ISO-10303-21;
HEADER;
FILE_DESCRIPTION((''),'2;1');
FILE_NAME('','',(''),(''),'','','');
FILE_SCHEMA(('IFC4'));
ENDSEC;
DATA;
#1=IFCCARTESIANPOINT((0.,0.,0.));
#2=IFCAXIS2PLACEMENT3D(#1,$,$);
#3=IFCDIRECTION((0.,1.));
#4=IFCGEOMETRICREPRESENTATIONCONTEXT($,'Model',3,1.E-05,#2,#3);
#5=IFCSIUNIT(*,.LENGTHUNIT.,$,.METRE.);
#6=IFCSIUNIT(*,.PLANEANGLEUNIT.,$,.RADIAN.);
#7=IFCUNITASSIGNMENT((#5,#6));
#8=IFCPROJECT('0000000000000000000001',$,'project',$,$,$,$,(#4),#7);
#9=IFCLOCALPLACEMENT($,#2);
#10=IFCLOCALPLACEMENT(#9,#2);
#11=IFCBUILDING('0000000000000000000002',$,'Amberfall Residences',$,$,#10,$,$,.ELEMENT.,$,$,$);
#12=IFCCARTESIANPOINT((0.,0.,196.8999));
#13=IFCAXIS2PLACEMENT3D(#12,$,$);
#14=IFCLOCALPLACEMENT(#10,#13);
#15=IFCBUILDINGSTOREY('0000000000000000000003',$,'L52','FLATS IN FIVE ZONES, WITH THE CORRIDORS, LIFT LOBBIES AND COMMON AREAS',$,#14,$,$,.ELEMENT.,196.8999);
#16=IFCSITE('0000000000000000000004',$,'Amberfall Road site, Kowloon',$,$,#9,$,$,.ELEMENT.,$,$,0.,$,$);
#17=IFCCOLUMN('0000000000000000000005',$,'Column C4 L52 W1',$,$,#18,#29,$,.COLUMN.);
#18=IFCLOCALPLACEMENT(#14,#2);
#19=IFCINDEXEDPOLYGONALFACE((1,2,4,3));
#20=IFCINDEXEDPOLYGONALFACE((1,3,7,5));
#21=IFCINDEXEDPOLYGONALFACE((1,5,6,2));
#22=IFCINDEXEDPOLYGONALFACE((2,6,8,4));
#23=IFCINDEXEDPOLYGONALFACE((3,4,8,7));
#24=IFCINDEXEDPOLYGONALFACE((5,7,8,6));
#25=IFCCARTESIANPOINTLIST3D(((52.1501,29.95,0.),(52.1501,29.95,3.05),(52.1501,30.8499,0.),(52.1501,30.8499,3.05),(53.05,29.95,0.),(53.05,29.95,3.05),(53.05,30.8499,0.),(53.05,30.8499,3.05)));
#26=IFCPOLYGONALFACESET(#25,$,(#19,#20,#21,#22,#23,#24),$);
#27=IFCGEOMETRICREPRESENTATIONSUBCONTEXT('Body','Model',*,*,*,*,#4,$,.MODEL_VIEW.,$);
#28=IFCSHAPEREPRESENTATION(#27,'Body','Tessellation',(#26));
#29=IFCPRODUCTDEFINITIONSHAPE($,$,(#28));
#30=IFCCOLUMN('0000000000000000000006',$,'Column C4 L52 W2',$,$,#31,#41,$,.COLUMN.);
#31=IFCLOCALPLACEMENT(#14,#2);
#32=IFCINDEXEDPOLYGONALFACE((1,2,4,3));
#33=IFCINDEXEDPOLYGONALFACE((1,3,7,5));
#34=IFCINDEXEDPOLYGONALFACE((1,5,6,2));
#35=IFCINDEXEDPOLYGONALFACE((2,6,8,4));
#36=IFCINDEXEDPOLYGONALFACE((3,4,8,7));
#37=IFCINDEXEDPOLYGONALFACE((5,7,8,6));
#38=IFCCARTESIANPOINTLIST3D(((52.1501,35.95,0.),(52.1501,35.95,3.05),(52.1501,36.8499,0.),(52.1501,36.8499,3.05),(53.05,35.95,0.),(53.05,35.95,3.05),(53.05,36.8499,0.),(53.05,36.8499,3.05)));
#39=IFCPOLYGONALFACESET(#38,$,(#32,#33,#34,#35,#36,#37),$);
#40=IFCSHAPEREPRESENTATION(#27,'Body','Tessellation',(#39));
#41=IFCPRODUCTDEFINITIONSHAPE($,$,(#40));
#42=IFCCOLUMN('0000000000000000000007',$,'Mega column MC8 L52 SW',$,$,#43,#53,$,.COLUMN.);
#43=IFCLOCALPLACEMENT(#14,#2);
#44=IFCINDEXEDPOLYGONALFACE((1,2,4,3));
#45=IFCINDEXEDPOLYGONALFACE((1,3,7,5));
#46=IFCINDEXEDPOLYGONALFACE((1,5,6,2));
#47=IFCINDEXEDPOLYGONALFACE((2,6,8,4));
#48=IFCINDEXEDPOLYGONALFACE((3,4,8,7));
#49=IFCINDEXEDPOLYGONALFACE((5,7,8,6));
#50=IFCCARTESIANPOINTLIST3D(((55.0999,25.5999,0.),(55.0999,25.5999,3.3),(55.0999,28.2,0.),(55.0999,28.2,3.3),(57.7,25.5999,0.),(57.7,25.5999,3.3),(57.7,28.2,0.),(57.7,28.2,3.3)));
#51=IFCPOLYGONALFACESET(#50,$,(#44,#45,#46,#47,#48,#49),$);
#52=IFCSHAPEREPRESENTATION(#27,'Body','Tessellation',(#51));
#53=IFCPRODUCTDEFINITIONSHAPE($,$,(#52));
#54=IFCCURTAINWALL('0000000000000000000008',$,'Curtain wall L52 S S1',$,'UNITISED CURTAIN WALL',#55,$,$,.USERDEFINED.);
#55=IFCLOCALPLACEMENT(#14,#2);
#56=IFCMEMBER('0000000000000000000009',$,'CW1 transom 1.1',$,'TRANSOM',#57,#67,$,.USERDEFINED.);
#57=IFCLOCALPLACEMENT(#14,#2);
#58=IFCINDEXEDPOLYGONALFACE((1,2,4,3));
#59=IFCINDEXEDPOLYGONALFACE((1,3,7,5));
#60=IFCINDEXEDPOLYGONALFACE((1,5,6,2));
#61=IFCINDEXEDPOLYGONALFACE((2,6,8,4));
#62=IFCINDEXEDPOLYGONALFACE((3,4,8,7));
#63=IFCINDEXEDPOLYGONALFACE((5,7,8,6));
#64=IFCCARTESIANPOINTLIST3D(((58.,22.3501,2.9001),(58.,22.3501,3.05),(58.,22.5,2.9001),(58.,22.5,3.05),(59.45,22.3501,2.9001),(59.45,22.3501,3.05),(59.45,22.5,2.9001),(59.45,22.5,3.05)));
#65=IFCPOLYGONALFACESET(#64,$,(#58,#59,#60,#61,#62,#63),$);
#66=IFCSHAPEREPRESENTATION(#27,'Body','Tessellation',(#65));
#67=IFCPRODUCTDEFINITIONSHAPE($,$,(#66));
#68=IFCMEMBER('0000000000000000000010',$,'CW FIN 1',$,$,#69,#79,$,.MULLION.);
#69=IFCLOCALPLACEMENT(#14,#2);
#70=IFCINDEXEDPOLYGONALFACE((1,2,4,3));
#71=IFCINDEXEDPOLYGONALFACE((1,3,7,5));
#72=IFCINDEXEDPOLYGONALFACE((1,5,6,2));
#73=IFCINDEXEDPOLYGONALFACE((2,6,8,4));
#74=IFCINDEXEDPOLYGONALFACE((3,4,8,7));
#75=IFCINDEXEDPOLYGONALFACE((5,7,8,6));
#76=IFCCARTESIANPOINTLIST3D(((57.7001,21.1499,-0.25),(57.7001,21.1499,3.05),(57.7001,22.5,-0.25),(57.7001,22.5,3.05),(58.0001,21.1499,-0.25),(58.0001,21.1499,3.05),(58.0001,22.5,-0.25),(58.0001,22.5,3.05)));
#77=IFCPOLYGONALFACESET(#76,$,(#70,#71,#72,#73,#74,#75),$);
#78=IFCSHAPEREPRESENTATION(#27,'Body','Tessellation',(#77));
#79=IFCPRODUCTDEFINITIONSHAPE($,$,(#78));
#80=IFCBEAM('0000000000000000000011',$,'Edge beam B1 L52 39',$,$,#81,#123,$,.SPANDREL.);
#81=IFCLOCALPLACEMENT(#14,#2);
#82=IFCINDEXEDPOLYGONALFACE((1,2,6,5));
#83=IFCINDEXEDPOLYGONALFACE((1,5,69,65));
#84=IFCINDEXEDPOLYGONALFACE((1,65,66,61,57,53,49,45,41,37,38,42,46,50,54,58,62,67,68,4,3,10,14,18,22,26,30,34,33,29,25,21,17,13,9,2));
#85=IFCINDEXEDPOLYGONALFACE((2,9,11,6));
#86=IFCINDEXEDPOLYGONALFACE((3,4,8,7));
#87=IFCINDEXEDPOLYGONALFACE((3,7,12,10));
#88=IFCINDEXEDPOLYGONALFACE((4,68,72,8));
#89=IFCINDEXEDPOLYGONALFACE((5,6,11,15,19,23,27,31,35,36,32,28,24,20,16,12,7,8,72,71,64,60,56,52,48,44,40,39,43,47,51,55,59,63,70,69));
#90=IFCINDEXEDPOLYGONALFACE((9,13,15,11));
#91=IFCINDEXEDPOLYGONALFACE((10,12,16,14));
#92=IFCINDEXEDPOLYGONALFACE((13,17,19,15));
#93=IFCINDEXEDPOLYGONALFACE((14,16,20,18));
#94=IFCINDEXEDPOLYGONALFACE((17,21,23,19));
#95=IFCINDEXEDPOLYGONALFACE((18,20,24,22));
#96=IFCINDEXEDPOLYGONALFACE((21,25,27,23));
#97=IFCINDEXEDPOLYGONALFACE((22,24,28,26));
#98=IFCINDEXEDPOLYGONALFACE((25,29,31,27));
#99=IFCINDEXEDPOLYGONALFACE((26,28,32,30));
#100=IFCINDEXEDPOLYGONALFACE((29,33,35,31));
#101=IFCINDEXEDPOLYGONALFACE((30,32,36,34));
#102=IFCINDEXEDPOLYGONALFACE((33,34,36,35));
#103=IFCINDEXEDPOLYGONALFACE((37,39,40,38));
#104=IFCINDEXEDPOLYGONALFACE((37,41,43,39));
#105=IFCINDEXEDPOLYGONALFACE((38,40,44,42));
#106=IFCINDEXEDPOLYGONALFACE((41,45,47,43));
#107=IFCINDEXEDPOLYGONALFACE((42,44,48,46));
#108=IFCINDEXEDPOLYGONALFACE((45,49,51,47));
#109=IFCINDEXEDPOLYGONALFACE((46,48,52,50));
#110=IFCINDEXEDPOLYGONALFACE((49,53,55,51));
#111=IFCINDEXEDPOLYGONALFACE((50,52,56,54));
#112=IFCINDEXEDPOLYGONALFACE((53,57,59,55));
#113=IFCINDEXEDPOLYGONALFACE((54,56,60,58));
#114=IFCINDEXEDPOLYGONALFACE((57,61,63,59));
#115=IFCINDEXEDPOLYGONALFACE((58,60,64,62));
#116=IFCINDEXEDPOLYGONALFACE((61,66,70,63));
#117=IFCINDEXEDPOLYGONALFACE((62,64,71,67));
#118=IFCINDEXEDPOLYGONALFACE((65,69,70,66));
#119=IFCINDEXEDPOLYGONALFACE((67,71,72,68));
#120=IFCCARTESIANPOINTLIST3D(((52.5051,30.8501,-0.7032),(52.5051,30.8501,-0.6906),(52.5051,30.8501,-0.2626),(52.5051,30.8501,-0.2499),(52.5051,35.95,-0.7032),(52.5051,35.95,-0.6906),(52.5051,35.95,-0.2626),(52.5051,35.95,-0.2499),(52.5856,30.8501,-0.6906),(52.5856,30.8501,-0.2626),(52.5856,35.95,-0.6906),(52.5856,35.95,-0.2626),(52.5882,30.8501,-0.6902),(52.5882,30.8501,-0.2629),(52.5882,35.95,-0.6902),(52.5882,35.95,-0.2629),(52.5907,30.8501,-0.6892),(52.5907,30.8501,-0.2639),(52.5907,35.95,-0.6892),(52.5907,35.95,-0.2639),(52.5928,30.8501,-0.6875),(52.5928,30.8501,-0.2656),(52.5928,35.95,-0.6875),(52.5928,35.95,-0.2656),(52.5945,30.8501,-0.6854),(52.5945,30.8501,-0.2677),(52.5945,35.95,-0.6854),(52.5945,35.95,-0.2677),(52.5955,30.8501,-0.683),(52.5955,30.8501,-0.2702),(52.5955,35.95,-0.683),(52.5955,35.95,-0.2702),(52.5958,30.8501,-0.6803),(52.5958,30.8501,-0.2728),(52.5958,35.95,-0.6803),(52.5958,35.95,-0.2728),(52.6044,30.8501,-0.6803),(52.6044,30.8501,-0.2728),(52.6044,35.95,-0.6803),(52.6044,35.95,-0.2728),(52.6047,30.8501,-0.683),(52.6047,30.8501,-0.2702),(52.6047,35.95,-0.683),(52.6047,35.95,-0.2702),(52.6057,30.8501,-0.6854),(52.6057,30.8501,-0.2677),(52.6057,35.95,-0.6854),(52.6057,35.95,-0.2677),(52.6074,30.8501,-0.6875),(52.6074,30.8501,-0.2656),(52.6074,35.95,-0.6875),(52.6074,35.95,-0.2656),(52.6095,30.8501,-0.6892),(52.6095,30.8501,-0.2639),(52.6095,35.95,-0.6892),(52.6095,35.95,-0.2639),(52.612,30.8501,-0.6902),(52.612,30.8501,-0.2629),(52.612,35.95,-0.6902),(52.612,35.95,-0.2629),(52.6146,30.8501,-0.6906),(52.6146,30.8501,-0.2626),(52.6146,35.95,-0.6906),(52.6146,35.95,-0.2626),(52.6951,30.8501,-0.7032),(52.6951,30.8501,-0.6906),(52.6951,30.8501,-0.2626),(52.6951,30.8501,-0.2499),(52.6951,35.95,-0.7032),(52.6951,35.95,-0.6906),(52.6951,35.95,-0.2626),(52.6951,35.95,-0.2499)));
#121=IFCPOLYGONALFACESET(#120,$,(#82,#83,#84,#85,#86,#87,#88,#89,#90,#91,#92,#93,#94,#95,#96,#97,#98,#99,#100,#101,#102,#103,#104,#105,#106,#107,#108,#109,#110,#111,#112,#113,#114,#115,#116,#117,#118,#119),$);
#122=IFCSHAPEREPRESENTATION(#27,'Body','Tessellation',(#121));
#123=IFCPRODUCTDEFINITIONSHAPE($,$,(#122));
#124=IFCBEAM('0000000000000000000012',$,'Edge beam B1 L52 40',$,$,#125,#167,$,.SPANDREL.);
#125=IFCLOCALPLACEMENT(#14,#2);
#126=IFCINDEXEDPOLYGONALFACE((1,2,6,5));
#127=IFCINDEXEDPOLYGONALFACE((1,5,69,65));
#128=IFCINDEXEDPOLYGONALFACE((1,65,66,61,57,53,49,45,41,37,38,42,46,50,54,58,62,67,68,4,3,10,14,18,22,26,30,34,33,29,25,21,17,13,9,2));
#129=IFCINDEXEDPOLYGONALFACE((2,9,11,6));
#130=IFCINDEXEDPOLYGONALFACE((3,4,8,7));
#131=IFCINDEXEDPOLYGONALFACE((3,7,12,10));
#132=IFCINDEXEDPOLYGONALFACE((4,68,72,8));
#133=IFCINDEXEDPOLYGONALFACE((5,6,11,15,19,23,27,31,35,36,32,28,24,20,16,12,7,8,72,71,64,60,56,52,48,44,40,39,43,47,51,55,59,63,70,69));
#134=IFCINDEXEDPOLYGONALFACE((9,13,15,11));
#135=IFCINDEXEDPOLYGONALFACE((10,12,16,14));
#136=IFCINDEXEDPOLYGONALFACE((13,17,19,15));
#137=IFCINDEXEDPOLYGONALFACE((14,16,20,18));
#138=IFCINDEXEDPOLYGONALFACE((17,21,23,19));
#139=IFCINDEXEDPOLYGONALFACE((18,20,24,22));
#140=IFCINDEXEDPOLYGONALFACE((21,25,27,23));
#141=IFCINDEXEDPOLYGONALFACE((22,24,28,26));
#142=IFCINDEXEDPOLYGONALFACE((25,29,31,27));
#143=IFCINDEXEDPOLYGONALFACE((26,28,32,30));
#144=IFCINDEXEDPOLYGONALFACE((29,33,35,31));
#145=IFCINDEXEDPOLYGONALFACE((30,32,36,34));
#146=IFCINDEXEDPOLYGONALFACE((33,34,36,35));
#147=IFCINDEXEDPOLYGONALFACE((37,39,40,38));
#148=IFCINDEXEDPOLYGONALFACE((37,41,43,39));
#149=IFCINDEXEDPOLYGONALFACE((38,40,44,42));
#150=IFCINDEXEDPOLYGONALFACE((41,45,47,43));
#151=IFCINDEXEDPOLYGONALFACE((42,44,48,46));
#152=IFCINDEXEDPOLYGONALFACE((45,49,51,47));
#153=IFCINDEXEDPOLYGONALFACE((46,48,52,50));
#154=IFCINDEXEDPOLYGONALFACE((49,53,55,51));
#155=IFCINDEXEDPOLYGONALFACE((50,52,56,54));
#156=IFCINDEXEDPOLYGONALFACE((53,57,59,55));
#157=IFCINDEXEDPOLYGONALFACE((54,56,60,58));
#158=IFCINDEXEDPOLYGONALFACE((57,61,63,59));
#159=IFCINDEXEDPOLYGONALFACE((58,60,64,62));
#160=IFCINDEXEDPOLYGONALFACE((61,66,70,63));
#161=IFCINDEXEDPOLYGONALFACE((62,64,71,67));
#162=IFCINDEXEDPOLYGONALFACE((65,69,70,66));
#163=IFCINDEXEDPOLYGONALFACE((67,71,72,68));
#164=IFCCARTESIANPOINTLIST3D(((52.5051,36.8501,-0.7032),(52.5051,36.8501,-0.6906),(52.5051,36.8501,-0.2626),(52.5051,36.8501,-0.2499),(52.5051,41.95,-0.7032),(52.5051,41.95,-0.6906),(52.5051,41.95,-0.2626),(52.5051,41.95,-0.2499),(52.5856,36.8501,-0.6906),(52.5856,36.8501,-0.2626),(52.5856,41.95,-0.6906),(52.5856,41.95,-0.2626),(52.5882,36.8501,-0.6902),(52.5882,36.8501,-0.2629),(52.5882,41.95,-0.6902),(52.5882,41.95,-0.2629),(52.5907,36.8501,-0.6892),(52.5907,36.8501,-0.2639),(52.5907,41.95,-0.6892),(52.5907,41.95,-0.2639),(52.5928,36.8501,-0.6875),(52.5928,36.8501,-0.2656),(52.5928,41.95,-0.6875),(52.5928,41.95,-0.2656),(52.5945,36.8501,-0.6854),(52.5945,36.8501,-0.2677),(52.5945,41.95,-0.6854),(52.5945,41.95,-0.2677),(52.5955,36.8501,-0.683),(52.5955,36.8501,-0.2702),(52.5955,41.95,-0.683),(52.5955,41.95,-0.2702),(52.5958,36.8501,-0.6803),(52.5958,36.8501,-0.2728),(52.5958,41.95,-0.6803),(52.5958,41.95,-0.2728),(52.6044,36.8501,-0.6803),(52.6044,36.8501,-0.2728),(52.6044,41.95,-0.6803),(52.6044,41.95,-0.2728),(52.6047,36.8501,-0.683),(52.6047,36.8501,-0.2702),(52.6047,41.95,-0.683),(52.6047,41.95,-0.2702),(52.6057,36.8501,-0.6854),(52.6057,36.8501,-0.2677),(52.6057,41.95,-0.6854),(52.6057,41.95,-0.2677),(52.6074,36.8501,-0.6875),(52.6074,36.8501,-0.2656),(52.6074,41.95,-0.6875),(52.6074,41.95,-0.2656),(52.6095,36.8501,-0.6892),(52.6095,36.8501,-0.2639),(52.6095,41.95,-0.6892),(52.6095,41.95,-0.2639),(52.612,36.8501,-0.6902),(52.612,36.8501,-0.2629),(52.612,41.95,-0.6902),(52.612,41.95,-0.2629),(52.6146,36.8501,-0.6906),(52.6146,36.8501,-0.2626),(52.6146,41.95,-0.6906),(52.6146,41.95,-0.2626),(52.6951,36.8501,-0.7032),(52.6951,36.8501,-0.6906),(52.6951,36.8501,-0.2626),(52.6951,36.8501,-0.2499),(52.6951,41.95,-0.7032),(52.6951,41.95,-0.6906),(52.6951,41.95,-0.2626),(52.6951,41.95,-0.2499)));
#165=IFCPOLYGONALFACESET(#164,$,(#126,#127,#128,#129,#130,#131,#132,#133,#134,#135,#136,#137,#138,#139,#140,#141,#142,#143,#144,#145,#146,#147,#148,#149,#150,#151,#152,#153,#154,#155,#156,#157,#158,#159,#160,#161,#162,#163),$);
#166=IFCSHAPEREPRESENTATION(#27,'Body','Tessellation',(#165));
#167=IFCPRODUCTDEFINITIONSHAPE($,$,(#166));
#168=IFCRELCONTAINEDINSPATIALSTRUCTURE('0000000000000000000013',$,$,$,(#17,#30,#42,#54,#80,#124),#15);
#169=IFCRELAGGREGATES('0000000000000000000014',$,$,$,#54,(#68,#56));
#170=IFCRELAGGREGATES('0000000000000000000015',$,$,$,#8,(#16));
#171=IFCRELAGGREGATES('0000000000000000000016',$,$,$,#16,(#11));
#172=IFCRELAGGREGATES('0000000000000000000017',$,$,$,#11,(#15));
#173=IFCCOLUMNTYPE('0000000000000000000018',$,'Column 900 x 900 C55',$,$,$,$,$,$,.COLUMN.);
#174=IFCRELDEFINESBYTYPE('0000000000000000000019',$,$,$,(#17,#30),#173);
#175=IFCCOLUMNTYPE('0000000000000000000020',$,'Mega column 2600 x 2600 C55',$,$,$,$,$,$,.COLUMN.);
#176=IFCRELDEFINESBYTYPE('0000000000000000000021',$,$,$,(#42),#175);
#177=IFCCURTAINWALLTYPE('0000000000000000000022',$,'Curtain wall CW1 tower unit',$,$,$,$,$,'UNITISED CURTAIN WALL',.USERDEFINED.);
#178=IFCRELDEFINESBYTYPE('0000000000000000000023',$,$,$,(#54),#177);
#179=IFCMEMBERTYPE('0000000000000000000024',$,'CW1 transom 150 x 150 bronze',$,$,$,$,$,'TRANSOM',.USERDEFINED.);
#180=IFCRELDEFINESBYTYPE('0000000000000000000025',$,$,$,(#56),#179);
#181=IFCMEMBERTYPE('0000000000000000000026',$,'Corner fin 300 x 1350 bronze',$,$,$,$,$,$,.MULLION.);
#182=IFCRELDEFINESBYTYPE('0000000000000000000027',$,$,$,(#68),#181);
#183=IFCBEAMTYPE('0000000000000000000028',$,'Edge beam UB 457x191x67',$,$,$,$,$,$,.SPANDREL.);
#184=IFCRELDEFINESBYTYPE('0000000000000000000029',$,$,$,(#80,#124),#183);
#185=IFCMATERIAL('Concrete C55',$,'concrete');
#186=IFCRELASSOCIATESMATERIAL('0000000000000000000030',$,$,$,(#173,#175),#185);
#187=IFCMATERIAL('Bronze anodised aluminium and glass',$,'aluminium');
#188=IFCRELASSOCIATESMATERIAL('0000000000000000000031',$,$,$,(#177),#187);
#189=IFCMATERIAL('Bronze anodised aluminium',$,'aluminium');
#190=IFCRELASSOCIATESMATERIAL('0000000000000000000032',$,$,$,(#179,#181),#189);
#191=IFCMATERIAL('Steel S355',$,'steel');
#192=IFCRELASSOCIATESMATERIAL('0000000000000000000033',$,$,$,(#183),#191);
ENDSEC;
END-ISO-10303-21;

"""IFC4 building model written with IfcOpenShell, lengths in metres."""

from ifc_helpers import new_model, si_unit, direction, frame, origin, origin_2d, place, context, subcontext, project, spatial, rectangle, i_section, extrude, material, material_profile, profile_set, type_object, element, aggregate, save


model = new_model("IFC4")

# Units and contexts
model_context = context("Model", 3, precision=1e-05, world=origin(), true_north=direction((0.0, 1.0)))
body_context = subcontext(model_context, "Body", "Model", "MODEL_VIEW")
ifc_project = project(units=[si_unit("LENGTHUNIT", "METRE"), si_unit("PLANEANGLEUNIT", "RADIAN")], contexts=[model_context])

# Site, building, storey
site_placement = place(None, origin())
site = spatial("IfcSite", under=ifc_project, at=site_placement, Name="Amberfall Road site, Kowloon", CompositionType="ELEMENT", RefElevation=0.0)
building_placement = place(site_placement, origin())
building = spatial("IfcBuilding", under=site, at=building_placement, Name="Amberfall Residences", CompositionType="ELEMENT")
storey_placement = place(building_placement, frame((0.0, 0.0, 196.8999)))
storey = spatial("IfcBuildingStorey", under=building, at=storey_placement, Name="L52", Description="FLATS IN FIVE ZONES, WITH THE CORRIDORS, LIFT LOBBIES AND COMMON AREAS", CompositionType="ELEMENT", Elevation=196.8999)

# Columns
ifc_material_1 = material(Name="Concrete C55", Category="concrete")
ifc_material_profile_1 = material_profile(ifc_material_1, rectangle(XDim=0.8999, YDim=0.8999, at=origin_2d()), Name="Column 900 x 900 C55")
ifc_profile_set_1 = profile_set([ifc_material_profile_1], Name="Concrete C55")
column_type_1 = type_object("IfcColumnType", Name="Column 900 x 900 C55", PredefinedType="COLUMN", material=ifc_profile_set_1)
for number, where, z_axis, x_axis, name in (
    (1, (52.6001, 30.3999, 0.0), (0.0, 0.0, 1.0), (1.0, 0.0, 0.0), "Column C4 L52 W1"),
    (2, (52.6001, 36.3999, 0.0), (0.0, 0.0, 1.0), (1.0, 0.0, 0.0), "Column C4 L52 W2"),
):
    element("IfcColumn", number, at=place(storey_placement, frame(where, z_axis=z_axis, x_axis=x_axis)), inside=storey, type_object=column_type_1, Name=name, PredefinedType="COLUMN", context=body_context, shape_type="SweptSolid", body=[
        extrude(rectangle(XDim=0.8999, YDim=0.8999, at=origin_2d()), origin(), (0.0, 0.0, 1.0), 3.05),
    ])
ifc_material_profile_2 = material_profile(ifc_material_1, rectangle(XDim=2.6001, YDim=2.6001, at=origin_2d()), Name="Mega column 2600 x 2600 C55")
ifc_profile_set_2 = profile_set([ifc_material_profile_2], Name="Concrete C55")
column_type_2 = type_object("IfcColumnType", Name="Mega column 2600 x 2600 C55", PredefinedType="COLUMN", material=ifc_profile_set_2)
column_placement = place(storey_placement, frame((56.3999, 26.8999, 0.0), z_axis=(0.0, 0.0, 1.0), x_axis=(1.0, 0.0, 0.0)))
element("IfcColumn", 3, at=column_placement, inside=storey, type_object=column_type_2, Name="Mega column MC8 L52 SW", PredefinedType="COLUMN", context=body_context, shape_type="SweptSolid", body=[
    extrude(rectangle(XDim=2.6001, YDim=2.6001, at=origin_2d()), origin(), (0.0, 0.0, 1.0), 3.3),
])

# Curtain wall, members
ifc_material_2 = material(Name="Bronze anodised aluminium and glass", Category="aluminium")
curtain_wall_type = type_object("IfcCurtainWallType", Name="Curtain wall CW1 tower unit", ElementType="UNITISED CURTAIN WALL", PredefinedType="USERDEFINED", material=ifc_material_2)
curtain_wall_placement = place(storey_placement, origin())
curtain_wall = element("IfcCurtainWall", 4, at=curtain_wall_placement, inside=storey, type_object=curtain_wall_type, Name="Curtain wall L52 S S1", ObjectType="UNITISED CURTAIN WALL", PredefinedType="USERDEFINED")
ifc_material_3 = material(Name="Bronze anodised aluminium", Category="aluminium")
ifc_material_profile_3 = material_profile(ifc_material_3, rectangle(XDim=0.1499, YDim=0.1499, at=origin_2d()), Name="CW1 transom 150 x 150 bronze")
ifc_profile_set_3 = profile_set([ifc_material_profile_3], Name="Bronze anodised aluminium")
member_type_1 = type_object("IfcMemberType", Name="CW1 transom 150 x 150 bronze", ElementType="TRANSOM", PredefinedType="USERDEFINED", material=ifc_profile_set_3)
member_1_placement = place(storey_placement, frame((58.0, 22.425, 2.9751), z_axis=(1.0, 0.0, 0.0), x_axis=(0.0, 1.0, 0.0)))
member_1 = element("IfcMember", 5, at=member_1_placement, type_object=member_type_1, Name="CW1 transom 1.1", ObjectType="TRANSOM", PredefinedType="USERDEFINED", context=body_context, shape_type="SweptSolid", body=[
    extrude(rectangle(XDim=0.1499, YDim=0.1499, at=origin_2d()), origin(), (0.0, 0.0, 1.0), 1.45),
])
ifc_material_profile_4 = material_profile(ifc_material_3, rectangle(XDim=1.3501, YDim=0.3, at=origin_2d()), Name="Corner fin 300 x 1350 bronze")
ifc_profile_set_4 = profile_set([ifc_material_profile_4], Name="Bronze anodised aluminium")
member_type_2 = type_object("IfcMemberType", Name="Corner fin 300 x 1350 bronze", PredefinedType="MULLION", material=ifc_profile_set_4)
member_2_placement = place(storey_placement, frame((57.8501, 21.825, -0.25), z_axis=(0.0, 0.0, 1.0), x_axis=(0.0, 1.0, 0.0)))
member_2 = element("IfcMember", 6, at=member_2_placement, type_object=member_type_2, Name="CW FIN 1", PredefinedType="MULLION", context=body_context, shape_type="SweptSolid", body=[
    extrude(rectangle(XDim=1.3501, YDim=0.3, at=origin_2d()), origin(), (0.0, 0.0, 1.0), 3.3),
])

# Beams
ifc_material_4 = material(Name="Steel S355", Category="steel")
ifc_material_profile_5 = material_profile(ifc_material_4, i_section(OverallWidth=0.1899, OverallDepth=0.4534, WebThickness=0.0085, FlangeThickness=0.0127, FilletRadius=0.0103, at=origin_2d()), Name="UB 457x191x67")
ifc_profile_set_5 = profile_set([ifc_material_profile_5], Name="Steel S355")
beam_type_1 = type_object("IfcBeamType", Name="Edge beam UB 457x191x67", PredefinedType="SPANDREL", material=ifc_profile_set_5)
for number, where, z_axis, x_axis, name in (
    (7, (52.6001, 30.8501, -0.4766), (0.0, 1.0, 0.0), (-1.0, 0.0, 0.0), "Edge beam B1 L52 39"),
    (8, (52.6001, 36.8501, -0.4766), (0.0, 1.0, 0.0), (-1.0, 0.0, 0.0), "Edge beam B1 L52 40"),
):
    element("IfcBeam", number, at=place(storey_placement, frame(where, z_axis=z_axis, x_axis=x_axis)), inside=storey, type_object=beam_type_1, Name=name, PredefinedType="SPANDREL", context=body_context, shape_type="SweptSolid", body=[
        extrude(i_section(OverallWidth=0.1899, OverallDepth=0.4534, WebThickness=0.0085, FlangeThickness=0.0127, FilletRadius=0.0103, at=origin_2d()), origin(), (0.0, 0.0, 1.0), 5.0999),
    ])

aggregate(curtain_wall, [member_2, member_1])

save(model, "model.ifc")
